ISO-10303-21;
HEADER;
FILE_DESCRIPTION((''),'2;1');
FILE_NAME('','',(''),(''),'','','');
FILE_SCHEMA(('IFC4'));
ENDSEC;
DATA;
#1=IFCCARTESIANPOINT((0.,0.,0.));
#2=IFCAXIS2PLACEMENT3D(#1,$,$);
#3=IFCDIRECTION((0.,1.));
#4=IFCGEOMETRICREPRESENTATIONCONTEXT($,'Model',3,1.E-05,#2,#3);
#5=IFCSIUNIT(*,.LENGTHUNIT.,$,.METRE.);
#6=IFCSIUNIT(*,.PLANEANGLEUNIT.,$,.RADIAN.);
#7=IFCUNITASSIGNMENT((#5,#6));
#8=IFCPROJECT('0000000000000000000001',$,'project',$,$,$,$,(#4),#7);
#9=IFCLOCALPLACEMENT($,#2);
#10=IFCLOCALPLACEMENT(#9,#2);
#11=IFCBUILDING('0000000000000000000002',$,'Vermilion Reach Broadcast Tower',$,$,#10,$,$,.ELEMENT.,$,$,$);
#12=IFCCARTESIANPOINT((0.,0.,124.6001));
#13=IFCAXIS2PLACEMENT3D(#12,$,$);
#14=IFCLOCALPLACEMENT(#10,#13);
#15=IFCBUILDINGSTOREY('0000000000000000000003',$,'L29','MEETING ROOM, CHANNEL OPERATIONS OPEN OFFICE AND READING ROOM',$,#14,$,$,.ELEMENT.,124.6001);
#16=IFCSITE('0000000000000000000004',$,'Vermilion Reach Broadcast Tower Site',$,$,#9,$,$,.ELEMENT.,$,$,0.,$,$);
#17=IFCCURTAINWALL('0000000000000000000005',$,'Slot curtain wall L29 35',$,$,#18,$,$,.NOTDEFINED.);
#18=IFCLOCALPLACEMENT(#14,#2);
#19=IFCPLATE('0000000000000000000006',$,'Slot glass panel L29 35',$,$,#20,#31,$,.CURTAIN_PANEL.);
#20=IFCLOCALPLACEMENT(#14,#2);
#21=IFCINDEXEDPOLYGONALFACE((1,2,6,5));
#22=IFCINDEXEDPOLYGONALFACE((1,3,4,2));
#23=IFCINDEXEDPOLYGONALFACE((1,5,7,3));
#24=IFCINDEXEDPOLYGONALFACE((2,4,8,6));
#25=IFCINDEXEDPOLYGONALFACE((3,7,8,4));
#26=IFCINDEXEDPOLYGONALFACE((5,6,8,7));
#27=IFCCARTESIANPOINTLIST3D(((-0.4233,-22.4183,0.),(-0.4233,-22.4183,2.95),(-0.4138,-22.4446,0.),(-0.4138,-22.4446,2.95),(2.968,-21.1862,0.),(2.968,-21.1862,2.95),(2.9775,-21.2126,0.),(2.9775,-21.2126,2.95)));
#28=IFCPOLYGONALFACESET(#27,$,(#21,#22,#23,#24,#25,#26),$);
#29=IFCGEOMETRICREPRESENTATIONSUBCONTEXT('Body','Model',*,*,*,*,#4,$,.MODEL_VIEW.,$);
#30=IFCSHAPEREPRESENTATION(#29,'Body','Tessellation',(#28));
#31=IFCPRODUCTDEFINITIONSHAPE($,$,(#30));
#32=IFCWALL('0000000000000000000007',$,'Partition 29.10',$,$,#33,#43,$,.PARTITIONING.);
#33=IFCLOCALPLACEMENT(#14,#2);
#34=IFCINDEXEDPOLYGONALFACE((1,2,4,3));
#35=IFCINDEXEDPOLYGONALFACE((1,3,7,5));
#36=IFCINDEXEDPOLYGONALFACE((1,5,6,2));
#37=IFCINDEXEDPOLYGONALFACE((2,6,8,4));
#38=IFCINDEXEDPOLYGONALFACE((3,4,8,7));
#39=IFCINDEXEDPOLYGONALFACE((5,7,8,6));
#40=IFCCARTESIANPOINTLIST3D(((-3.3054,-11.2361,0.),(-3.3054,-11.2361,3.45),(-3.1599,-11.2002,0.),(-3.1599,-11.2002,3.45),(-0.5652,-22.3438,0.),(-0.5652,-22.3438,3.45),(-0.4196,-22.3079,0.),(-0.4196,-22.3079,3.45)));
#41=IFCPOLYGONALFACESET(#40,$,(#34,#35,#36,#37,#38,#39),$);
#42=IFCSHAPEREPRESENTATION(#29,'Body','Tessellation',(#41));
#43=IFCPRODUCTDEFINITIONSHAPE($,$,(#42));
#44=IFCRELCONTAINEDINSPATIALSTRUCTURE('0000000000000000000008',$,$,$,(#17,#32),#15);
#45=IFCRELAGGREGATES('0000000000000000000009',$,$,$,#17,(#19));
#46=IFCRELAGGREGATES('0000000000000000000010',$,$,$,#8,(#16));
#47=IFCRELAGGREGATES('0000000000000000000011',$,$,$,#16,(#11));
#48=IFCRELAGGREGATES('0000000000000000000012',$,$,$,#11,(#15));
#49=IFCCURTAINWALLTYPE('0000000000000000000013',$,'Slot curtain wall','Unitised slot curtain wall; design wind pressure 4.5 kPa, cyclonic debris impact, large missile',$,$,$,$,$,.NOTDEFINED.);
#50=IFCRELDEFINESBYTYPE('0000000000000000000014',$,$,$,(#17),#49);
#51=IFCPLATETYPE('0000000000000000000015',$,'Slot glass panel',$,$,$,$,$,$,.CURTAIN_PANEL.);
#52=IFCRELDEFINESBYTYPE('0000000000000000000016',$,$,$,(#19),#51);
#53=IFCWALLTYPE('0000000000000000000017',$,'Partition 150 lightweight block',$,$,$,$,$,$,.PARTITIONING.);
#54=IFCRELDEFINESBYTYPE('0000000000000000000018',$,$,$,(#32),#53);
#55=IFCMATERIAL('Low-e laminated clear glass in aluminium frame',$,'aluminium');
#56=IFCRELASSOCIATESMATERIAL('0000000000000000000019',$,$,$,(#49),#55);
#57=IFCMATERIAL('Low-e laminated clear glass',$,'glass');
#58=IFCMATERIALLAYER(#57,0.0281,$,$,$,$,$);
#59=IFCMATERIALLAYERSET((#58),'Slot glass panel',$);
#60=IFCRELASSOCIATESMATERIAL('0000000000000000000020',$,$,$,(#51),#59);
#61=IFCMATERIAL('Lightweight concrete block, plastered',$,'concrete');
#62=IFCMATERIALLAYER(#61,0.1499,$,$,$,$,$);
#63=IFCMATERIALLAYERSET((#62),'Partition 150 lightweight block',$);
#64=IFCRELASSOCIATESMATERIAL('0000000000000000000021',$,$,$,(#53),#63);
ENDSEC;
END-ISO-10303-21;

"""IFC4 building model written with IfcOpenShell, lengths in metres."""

from ifc_helpers import new_model, si_unit, direction, frame, frame_2d, origin, origin_2d, place, context, subcontext, project, spatial, rectangle, extrude, material, layer, layer_set, type_object, element, aggregate, save


model = new_model("IFC4")

# Units and contexts
model_context = context("Model", 3, precision=1e-05, world=origin(), true_north=direction((0.0, 1.0)))
body_context = subcontext(model_context, "Body", "Model", "MODEL_VIEW")
ifc_project = project(units=[si_unit("LENGTHUNIT", "METRE"), si_unit("PLANEANGLEUNIT", "RADIAN")], contexts=[model_context])

# Site, building, storey
site_placement = place(None, origin())
site = spatial("IfcSite", under=ifc_project, at=site_placement, Name="Vermilion Reach Broadcast Tower Site", CompositionType="ELEMENT", RefElevation=0.0)
building_placement = place(site_placement, origin())
building = spatial("IfcBuilding", under=site, at=building_placement, Name="Vermilion Reach Broadcast Tower", CompositionType="ELEMENT")
storey_placement = place(building_placement, frame((0.0, 0.0, 124.6001)))
storey = spatial("IfcBuildingStorey", under=building, at=storey_placement, Name="L29", Description="MEETING ROOM, CHANNEL OPERATIONS OPEN OFFICE AND READING ROOM", CompositionType="ELEMENT", Elevation=124.6001)

# Curtain wall
ifc_material_1 = material(Name="Low-e laminated clear glass in aluminium frame", Category="aluminium")
curtain_wall_type = type_object("IfcCurtainWallType", Name="Slot curtain wall", Description="Unitised slot curtain wall; design wind pressure 4.5 kPa, cyclonic debris impact, large missile", PredefinedType="NOTDEFINED", material=ifc_material_1)
placement = place(storey_placement, origin())
curtain_wall_1 = element("IfcCurtainWall", 1, at=placement, inside=storey, type_object=curtain_wall_type, Name="Slot curtain wall L29 35", PredefinedType="NOTDEFINED")

# Plate
ifc_material_2 = material(Name="Low-e laminated clear glass", Category="glass")
ifc_layer_1 = layer(ifc_material_2, 0.0281)
ifc_layer_set_1 = layer_set([ifc_layer_1], Name="Slot glass panel")
plate_type = type_object("IfcPlateType", Name="Slot glass panel", PredefinedType="CURTAIN_PANEL", material=ifc_layer_set_1)
plate_1_placement = place(storey_placement, frame((1.2771, -21.8154, 0.0), z_axis=(0.0, 0.0, 1.0), x_axis=(0.939897, 0.341457, 0.0)))
plate_1 = element("IfcPlate", 2, at=plate_1_placement, type_object=plate_type, Name="Slot glass panel L29 35", PredefinedType="CURTAIN_PANEL", context=body_context, shape_type="SweptSolid", body=[
    extrude(rectangle(XDim=3.6082, YDim=0.0281, at=origin_2d()), origin(), (0.0, 0.0, 1.0), 2.95),
])
aggregate(curtain_wall_1, [plate_1])

# Wall
ifc_material_3 = material(Name="Lightweight concrete block, plastered", Category="concrete")
ifc_layer_2 = layer(ifc_material_3, 0.1499)
ifc_layer_set_2 = layer_set([ifc_layer_2], Name="Partition 150 lightweight block")
wall_type = type_object("IfcWallType", Name="Partition 150 lightweight block", PredefinedType="PARTITIONING", material=ifc_layer_set_2)
wall_placement = place(storey_placement, frame((-0.4924, -22.3257, 0.0), z_axis=(0.0, 0.0, 1.0), x_axis=(-0.239517, 0.970892, 0.0)))
element("IfcWall", 3, at=wall_placement, inside=storey, type_object=wall_type, Name="Partition 29.10", PredefinedType="PARTITIONING", context=body_context, shape_type="SweptSolid", body=[
    extrude(rectangle(XDim=11.4407, YDim=0.1499, at=frame_2d((5.7202, 0.0))), origin(), (0.0, 0.0, 1.0), 3.45),
])

save(model, "model.ifc")
